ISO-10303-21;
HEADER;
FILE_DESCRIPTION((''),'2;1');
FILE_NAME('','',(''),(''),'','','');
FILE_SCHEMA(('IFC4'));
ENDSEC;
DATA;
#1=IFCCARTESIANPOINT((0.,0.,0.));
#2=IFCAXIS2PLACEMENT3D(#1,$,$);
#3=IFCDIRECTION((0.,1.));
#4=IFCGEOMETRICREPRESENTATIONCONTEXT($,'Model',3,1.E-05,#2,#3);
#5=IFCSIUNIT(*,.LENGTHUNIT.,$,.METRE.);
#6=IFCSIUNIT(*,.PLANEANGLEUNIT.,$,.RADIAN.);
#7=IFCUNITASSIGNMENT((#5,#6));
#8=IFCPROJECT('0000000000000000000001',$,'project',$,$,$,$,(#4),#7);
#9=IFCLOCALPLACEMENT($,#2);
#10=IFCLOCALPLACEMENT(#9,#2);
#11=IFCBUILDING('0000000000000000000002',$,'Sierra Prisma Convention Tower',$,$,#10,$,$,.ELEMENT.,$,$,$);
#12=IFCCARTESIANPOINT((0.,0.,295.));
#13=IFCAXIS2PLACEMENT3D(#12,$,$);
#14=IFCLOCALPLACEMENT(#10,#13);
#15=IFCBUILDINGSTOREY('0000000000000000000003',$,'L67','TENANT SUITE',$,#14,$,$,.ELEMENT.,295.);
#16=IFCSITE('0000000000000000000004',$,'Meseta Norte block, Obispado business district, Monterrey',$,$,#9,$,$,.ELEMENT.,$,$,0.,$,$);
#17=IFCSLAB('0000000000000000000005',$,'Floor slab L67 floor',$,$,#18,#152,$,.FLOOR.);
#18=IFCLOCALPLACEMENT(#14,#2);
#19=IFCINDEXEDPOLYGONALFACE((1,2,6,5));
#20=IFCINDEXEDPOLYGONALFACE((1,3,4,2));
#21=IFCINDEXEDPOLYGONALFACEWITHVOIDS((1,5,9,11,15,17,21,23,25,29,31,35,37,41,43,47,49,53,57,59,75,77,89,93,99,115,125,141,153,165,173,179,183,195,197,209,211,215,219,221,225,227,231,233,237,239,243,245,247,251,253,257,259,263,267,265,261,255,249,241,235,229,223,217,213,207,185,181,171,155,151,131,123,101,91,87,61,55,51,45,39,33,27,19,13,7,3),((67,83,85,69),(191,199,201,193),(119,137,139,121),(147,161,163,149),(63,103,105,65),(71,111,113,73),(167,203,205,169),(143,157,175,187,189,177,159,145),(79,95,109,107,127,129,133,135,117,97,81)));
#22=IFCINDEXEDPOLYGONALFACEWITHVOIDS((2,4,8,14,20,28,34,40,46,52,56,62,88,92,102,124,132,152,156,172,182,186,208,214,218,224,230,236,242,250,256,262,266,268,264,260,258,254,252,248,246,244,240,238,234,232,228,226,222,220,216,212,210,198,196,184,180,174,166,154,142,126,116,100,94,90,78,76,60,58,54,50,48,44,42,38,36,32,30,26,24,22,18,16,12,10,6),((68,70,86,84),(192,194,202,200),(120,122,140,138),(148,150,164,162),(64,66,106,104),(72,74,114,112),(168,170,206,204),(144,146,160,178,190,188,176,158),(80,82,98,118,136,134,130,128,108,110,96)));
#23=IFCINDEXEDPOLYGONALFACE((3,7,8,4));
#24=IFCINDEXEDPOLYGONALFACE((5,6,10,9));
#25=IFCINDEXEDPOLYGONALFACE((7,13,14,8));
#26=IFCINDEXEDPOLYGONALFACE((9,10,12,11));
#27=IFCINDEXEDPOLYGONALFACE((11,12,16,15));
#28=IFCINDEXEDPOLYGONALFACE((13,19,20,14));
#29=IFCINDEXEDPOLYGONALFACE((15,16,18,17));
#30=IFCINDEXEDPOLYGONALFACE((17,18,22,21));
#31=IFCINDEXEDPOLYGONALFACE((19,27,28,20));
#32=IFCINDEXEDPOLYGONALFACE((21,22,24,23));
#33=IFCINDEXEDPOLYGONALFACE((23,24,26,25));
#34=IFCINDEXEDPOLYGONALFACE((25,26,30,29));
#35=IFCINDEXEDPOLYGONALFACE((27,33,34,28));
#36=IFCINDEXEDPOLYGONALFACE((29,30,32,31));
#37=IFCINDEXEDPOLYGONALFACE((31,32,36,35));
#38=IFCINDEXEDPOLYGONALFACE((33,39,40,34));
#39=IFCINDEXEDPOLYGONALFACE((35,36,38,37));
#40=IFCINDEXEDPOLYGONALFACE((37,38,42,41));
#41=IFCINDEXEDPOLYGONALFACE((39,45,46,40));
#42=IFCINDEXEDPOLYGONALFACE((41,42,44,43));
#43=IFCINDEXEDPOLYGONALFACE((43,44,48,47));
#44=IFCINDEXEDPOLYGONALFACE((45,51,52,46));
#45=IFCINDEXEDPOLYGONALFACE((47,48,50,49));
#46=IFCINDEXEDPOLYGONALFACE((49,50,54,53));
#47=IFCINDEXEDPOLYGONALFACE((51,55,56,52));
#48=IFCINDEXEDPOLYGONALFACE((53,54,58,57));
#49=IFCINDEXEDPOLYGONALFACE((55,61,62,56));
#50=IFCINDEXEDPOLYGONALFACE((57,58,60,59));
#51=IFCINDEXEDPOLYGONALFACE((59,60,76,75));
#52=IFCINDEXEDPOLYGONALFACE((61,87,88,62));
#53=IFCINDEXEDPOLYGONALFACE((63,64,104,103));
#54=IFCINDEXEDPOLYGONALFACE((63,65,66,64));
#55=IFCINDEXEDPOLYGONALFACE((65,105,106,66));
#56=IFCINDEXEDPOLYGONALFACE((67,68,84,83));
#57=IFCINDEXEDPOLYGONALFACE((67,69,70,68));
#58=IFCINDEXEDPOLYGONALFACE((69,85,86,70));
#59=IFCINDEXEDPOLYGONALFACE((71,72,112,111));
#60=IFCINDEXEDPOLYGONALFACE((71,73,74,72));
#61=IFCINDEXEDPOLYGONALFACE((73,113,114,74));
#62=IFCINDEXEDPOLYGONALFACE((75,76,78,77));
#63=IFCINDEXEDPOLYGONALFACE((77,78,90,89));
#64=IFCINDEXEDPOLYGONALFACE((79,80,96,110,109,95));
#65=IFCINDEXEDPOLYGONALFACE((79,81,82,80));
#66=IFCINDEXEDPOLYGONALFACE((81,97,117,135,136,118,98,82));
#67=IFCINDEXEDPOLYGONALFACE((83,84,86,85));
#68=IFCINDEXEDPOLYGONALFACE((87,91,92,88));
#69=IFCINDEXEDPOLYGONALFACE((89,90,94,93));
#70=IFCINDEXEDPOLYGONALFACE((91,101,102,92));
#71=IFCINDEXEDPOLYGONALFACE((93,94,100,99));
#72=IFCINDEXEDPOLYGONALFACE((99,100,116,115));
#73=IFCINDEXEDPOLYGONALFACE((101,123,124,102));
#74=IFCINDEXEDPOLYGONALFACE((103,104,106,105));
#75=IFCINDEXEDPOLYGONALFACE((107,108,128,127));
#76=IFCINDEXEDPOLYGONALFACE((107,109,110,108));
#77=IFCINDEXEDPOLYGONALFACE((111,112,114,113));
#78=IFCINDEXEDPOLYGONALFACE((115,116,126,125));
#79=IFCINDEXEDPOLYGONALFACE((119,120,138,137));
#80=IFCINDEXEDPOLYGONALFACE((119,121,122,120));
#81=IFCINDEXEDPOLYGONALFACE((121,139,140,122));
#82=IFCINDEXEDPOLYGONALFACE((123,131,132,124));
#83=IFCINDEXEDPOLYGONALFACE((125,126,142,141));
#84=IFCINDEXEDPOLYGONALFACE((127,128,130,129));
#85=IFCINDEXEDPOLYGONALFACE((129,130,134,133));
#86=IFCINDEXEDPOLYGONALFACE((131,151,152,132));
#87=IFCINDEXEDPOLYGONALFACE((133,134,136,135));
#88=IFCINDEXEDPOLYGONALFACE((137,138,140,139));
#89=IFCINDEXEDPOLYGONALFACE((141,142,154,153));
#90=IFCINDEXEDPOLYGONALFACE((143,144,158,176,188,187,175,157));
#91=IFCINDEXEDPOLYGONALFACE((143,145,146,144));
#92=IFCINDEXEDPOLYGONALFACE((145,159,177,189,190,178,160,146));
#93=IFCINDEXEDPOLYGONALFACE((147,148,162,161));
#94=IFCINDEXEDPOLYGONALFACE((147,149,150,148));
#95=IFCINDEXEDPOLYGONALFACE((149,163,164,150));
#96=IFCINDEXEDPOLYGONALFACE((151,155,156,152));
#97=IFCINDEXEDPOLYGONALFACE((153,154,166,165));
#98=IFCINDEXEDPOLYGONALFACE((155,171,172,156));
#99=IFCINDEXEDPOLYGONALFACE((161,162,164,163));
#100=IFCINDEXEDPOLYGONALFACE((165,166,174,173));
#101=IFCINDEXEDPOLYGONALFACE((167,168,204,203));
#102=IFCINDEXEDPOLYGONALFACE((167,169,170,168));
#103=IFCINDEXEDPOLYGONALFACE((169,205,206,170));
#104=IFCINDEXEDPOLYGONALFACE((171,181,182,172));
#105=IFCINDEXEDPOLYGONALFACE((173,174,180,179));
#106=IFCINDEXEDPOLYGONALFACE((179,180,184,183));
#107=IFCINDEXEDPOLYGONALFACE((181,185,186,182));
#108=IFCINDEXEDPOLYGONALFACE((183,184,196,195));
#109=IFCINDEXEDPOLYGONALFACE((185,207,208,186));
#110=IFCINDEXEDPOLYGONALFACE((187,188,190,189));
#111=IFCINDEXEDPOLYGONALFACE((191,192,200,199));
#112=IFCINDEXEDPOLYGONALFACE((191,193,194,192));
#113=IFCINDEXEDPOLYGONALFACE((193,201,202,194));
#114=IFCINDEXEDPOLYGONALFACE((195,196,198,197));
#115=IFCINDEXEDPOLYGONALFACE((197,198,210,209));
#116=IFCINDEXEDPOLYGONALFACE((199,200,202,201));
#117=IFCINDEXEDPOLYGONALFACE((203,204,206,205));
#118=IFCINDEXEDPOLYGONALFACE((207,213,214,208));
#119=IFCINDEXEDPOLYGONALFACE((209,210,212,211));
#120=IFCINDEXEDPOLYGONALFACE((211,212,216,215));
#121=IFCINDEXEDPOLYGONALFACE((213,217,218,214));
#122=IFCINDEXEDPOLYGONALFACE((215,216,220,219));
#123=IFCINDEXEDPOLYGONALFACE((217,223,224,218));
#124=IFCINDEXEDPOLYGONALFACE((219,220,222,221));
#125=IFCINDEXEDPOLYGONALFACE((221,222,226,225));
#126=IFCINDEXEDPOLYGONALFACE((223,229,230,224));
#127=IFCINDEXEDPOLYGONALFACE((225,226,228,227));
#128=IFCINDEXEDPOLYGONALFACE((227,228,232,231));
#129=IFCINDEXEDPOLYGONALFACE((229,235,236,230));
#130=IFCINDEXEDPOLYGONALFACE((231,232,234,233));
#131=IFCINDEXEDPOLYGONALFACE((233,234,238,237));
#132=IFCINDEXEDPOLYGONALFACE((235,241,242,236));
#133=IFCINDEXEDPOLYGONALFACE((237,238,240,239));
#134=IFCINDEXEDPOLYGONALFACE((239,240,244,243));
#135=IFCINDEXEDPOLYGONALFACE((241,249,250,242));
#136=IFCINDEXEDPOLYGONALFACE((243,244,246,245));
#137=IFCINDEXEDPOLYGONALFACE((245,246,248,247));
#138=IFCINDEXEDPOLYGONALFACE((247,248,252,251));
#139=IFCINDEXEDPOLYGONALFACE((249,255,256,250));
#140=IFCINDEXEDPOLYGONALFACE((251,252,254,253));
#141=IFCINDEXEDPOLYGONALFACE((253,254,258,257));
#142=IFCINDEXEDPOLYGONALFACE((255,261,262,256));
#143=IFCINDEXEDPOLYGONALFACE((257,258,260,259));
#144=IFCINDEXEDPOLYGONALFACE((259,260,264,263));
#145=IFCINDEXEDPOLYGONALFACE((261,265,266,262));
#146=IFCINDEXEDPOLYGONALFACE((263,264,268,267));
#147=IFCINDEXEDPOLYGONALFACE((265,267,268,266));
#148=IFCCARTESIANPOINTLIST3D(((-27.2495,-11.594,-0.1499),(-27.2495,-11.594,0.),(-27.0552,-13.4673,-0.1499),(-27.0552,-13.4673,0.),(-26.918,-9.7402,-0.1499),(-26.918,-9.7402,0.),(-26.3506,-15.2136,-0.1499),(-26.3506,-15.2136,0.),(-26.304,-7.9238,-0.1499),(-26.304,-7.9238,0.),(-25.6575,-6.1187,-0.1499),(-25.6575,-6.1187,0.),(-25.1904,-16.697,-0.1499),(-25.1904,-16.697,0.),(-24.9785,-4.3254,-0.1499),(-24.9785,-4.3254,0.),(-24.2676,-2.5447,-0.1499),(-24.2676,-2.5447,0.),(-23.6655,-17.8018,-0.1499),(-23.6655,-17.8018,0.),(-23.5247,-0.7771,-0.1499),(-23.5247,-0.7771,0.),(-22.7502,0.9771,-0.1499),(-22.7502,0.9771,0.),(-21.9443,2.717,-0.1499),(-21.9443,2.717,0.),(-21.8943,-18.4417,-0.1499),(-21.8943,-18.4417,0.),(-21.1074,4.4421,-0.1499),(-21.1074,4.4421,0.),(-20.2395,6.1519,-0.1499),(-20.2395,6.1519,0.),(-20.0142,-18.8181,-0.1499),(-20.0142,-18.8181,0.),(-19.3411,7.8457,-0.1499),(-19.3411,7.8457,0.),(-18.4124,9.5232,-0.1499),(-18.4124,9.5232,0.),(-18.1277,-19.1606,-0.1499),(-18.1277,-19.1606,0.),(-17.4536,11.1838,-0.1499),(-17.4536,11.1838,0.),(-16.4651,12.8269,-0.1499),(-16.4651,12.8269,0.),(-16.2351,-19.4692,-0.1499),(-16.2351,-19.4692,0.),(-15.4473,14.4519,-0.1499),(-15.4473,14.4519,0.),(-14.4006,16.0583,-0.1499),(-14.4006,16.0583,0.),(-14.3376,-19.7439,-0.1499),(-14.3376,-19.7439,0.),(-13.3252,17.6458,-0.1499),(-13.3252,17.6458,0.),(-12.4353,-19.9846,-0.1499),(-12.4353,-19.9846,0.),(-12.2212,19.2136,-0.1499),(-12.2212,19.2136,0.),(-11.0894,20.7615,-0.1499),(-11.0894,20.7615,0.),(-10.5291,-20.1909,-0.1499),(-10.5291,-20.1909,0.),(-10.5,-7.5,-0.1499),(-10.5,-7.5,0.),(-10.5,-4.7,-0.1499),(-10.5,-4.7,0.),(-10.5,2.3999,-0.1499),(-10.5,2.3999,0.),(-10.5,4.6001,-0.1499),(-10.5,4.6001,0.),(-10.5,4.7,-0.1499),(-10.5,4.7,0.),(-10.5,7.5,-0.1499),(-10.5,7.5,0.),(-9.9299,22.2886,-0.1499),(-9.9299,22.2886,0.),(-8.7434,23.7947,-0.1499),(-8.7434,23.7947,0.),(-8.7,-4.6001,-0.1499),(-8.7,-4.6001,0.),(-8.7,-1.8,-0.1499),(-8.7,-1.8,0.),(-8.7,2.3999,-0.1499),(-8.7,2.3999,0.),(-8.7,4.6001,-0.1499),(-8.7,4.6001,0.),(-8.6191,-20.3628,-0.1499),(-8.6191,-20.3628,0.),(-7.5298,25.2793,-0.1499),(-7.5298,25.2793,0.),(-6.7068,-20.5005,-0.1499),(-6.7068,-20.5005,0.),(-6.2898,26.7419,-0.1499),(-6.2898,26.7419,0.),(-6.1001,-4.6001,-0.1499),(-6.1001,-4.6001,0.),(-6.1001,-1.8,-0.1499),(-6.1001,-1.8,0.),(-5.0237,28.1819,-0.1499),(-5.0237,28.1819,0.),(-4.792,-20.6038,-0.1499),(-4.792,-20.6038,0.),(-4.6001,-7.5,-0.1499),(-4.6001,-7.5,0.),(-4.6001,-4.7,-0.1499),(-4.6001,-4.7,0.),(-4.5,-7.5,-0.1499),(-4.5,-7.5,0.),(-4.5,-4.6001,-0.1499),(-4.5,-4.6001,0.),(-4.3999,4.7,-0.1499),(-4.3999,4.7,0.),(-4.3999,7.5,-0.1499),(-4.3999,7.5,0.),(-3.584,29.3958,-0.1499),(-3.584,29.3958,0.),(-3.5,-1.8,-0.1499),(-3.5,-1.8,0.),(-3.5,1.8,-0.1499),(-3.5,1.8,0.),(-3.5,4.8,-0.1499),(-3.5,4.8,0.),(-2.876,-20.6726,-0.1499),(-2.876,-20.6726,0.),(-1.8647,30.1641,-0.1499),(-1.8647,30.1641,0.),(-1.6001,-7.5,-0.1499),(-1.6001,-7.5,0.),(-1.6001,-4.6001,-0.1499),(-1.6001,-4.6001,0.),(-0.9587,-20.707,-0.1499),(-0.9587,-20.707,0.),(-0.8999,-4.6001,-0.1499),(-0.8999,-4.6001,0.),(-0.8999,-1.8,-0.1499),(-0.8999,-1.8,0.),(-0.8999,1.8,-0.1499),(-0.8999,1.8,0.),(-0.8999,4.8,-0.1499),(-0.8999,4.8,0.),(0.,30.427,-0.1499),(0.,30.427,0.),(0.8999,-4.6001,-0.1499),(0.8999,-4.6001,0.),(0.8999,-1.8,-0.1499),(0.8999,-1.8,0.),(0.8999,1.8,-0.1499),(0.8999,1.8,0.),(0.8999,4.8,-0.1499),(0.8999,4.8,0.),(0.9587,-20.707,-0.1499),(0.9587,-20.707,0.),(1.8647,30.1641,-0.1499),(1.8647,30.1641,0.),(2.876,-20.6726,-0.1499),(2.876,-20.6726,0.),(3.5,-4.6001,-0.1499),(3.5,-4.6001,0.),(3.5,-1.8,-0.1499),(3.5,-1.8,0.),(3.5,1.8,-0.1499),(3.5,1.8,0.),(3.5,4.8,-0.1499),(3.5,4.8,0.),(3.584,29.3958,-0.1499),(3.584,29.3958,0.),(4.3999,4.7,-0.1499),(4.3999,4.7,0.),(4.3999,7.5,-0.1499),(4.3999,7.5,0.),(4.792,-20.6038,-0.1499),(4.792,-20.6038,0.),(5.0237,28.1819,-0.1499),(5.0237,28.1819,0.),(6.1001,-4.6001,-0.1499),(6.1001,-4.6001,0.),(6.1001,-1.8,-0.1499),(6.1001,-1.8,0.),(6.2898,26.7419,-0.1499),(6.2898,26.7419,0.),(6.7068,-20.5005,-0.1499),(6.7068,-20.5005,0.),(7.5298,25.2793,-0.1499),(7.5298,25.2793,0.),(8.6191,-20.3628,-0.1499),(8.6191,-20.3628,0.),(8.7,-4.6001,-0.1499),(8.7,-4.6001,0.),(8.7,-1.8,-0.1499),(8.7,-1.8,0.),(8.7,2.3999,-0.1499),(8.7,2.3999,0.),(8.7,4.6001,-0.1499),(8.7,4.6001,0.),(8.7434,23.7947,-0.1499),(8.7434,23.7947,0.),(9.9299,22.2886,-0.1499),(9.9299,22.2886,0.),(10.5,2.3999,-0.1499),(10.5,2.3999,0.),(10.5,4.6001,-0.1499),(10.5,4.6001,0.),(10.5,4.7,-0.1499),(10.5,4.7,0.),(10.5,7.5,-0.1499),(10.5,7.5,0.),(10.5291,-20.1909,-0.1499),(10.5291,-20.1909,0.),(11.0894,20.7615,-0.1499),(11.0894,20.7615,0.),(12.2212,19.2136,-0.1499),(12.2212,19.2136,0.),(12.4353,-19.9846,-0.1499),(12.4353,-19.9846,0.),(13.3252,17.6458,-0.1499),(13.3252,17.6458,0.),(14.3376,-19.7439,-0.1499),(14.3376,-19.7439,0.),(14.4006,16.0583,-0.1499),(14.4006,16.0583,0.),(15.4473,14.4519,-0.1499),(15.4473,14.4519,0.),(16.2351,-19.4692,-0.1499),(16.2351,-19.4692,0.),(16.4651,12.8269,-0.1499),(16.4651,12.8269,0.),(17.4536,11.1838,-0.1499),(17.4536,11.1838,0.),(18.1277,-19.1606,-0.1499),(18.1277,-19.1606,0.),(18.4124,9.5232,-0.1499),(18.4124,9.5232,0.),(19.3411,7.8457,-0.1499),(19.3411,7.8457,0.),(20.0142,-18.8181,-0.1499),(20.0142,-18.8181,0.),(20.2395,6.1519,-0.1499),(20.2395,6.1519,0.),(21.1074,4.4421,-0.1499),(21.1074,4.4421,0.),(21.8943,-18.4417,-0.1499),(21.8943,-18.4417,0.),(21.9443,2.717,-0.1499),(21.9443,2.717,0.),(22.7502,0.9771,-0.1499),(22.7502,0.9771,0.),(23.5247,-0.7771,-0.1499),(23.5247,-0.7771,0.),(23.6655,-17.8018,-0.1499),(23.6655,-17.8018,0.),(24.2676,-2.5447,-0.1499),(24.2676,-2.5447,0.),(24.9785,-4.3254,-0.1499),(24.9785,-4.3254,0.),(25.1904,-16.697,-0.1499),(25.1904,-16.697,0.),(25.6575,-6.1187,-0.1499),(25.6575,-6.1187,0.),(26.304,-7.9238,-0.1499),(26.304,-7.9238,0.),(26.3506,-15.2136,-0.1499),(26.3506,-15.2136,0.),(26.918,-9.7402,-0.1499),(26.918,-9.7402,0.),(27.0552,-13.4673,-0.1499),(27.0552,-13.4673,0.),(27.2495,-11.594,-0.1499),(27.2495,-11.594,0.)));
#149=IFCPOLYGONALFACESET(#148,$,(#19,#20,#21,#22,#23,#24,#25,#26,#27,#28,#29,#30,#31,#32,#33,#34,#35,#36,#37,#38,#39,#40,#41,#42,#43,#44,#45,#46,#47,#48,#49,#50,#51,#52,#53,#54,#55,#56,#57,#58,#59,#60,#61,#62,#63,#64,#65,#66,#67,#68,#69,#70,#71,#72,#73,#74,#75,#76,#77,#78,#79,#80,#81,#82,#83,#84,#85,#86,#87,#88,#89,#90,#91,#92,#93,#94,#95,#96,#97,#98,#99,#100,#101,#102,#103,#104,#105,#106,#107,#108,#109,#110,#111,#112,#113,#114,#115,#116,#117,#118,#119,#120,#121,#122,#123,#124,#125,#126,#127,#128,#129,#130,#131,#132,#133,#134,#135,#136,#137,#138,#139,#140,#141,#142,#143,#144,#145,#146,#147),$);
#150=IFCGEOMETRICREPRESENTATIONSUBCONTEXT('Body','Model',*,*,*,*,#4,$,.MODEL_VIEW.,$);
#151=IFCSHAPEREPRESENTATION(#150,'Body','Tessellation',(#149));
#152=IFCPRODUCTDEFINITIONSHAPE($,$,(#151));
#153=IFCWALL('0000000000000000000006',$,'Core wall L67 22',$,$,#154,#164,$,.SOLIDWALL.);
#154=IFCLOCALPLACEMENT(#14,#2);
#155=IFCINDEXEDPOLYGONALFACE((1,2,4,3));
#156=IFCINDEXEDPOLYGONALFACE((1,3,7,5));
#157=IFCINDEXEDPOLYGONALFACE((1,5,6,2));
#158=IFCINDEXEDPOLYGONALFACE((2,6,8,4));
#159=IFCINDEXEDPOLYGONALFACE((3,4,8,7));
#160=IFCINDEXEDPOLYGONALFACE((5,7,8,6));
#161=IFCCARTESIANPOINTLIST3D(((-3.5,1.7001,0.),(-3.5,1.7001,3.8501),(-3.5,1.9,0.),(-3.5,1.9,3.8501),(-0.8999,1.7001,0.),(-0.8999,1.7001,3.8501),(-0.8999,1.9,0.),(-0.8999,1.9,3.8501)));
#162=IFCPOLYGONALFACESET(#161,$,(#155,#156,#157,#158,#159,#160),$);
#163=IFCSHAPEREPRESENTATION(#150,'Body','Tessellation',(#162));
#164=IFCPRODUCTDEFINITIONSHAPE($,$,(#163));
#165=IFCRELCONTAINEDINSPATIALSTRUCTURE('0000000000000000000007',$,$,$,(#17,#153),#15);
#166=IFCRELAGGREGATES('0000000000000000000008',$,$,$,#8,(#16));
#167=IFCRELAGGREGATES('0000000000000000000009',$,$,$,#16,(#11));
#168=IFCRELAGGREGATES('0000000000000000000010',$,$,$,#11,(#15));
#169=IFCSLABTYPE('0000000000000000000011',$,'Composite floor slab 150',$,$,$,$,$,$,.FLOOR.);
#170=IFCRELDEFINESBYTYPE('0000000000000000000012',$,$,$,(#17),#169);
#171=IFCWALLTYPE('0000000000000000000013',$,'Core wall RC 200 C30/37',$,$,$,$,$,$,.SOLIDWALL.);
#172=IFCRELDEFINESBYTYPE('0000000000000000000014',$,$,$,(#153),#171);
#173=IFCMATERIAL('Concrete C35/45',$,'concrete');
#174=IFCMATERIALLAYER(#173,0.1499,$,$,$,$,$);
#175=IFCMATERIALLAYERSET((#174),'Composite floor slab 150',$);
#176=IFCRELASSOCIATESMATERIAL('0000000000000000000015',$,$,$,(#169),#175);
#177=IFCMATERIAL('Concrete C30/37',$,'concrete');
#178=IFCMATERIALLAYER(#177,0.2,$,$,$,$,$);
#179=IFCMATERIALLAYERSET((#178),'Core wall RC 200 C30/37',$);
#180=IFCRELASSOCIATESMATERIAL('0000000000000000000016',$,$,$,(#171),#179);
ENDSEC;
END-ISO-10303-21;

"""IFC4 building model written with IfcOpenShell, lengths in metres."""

from ifc_helpers import new_model, si_unit, direction, frame, frame_2d, origin, place, context, subcontext, project, spatial, polyline, rectangle, outline, extrude, material, layer, layer_set, type_object, element, save


model = new_model("IFC4")

# Units and contexts
model_context = context("Model", 3, precision=1e-05, world=origin(), true_north=direction((0.0, 1.0)))
body_context = subcontext(model_context, "Body", "Model", "MODEL_VIEW")
ifc_project = project(units=[si_unit("LENGTHUNIT", "METRE"), si_unit("PLANEANGLEUNIT", "RADIAN")], contexts=[model_context])

# Site, building, storey
site_placement = place(None, origin())
site = spatial("IfcSite", under=ifc_project, at=site_placement, Name="Meseta Norte block, Obispado business district, Monterrey", CompositionType="ELEMENT", RefElevation=0.0)
building_placement = place(site_placement, origin())
building = spatial("IfcBuilding", under=site, at=building_placement, Name="Sierra Prisma Convention Tower", CompositionType="ELEMENT")
storey_placement = place(building_placement, frame((0.0, 0.0, 295.0)))
storey = spatial("IfcBuildingStorey", under=building, at=storey_placement, Name="L67", Description="TENANT SUITE", CompositionType="ELEMENT", Elevation=295.0)

# Slab
ifc_material_1 = material(Name="Concrete C35/45", Category="concrete")
ifc_layer_1 = layer(ifc_material_1, 0.1499)
ifc_layer_set_1 = layer_set([ifc_layer_1], Name="Composite floor slab 150")
slab_type = type_object("IfcSlabType", Name="Composite floor slab 150", PredefinedType="FLOOR", material=ifc_layer_set_1)
slab_placement = place(storey_placement, frame((0.0, 0.0, -0.1499)))
element("IfcSlab", 1, at=slab_placement, inside=storey, type_object=slab_type, Name="Floor slab L67 floor", PredefinedType="FLOOR", context=body_context, shape_type="SweptSolid", body=[
    extrude(outline(polyline([(-21.8943, -18.4417), (-20.0142, -18.8181), (-18.1277, -19.1606), (-16.2351, -19.4692), (-14.3376, -19.7439), (-12.4353, -19.9846), (-10.5291, -20.1909), (-8.6191, -20.3628), (-6.7068, -20.5005), (-4.792, -20.6038), (-2.876, -20.6726), (-0.9587, -20.707), (0.9587, -20.707), (2.876, -20.6726), (4.792, -20.6038), (6.7068, -20.5005), (8.6191, -20.3628), (10.5291, -20.1909), (12.4353, -19.9846), (14.3376, -19.7439), (16.2351, -19.4692), (18.1277, -19.1606), (20.0142, -18.8181), (21.8943, -18.4417), (23.6655, -17.8018), (25.1904, -16.697), (26.3506, -15.2136), (27.0552, -13.4673), (27.2495, -11.594), (26.918, -9.7402), (26.304, -7.9238), (25.6575, -6.1187), (24.9785, -4.3254), (24.2676, -2.5447), (23.5247, -0.7771), (22.7502, 0.9771), (21.9443, 2.717), (21.1074, 4.4421), (20.2395, 6.1519), (19.3411, 7.8457), (18.4124, 9.5232), (17.4536, 11.1838), (16.4651, 12.8269), (15.4473, 14.4519), (14.4006, 16.0583), (13.3252, 17.6458), (12.2212, 19.2136), (11.0894, 20.7615), (9.9299, 22.2886), (8.7434, 23.7947), (7.5298, 25.2793), (6.2898, 26.7419), (5.0237, 28.1819), (3.584, 29.3958), (1.8647, 30.1641), (0.0, 30.427), (-1.8647, 30.1641), (-3.584, 29.3958), (-5.0237, 28.1819), (-6.2898, 26.7419), (-7.5298, 25.2793), (-8.7434, 23.7947), (-9.9299, 22.2886), (-11.0894, 20.7615), (-12.2212, 19.2136), (-13.3252, 17.6458), (-14.4006, 16.0583), (-15.4473, 14.4519), (-16.4651, 12.8269), (-17.4536, 11.1838), (-18.4124, 9.5232), (-19.3411, 7.8457), (-20.2395, 6.1519), (-21.1074, 4.4421), (-21.9443, 2.717), (-22.7502, 0.9771), (-23.5247, -0.7771), (-24.2676, -2.5447), (-24.9785, -4.3254), (-25.6575, -6.1187), (-26.304, -7.9238), (-26.918, -9.7402), (-27.2495, -11.594), (-27.0552, -13.4673), (-26.3506, -15.2136), (-25.1904, -16.697), (-23.6655, -17.8018), (-21.8943, -18.4417)]), holes=[polyline([(-4.6001, -4.7), (-4.6001, -7.5), (-10.5, -7.5), (-10.5, -4.7), (-4.6001, -4.7)]), polyline([(-4.5, -7.5), (-4.5, -4.6001), (-6.1001, -4.6001), (-8.7, -4.6001), (-8.7, -1.8), (-6.1001, -1.8), (-3.5, -1.8), (-0.8999, -1.8), (-0.8999, -4.6001), (-1.6001, -4.6001), (-1.6001, -7.5), (-4.5, -7.5)]), polyline([(-8.7, 2.3999), (-10.5, 2.3999), (-10.5, 4.6001), (-8.7, 4.6001), (-8.7, 2.3999)]), polyline([(-4.3999, 4.7), (-10.5, 4.7), (-10.5, 7.5), (-4.3999, 7.5), (-4.3999, 4.7)]), polyline([(3.5, -1.8), (6.1001, -1.8), (8.7, -1.8), (8.7, -4.6001), (6.1001, -4.6001), (3.5, -4.6001), (0.8999, -4.6001), (0.8999, -1.8), (3.5, -1.8)]), polyline([(-0.8999, 1.8), (-3.5, 1.8), (-3.5, 4.8), (-0.8999, 4.8), (-0.8999, 1.8)]), polyline([(3.5, 1.8), (0.8999, 1.8), (0.8999, 4.8), (3.5, 4.8), (3.5, 1.8)]), polyline([(10.5, 2.3999), (8.7, 2.3999), (8.7, 4.6001), (10.5, 4.6001), (10.5, 2.3999)]), polyline([(10.5, 4.7), (4.3999, 4.7), (4.3999, 7.5), (10.5, 7.5), (10.5, 4.7)])]), origin(), (0.0, 0.0, 1.0), 0.1499),
])

# Shared definitions
ifc_material_2 = material(Name="Concrete C30/37", Category="concrete")
ifc_layer_2 = layer(ifc_material_2, 0.2)
ifc_layer_set_2 = layer_set([ifc_layer_2], Name="Core wall RC 200 C30/37")
wall_type = type_object("IfcWallType", Name="Core wall RC 200 C30/37", PredefinedType="SOLIDWALL", material=ifc_layer_set_2)

# Wall
wall_1_placement = place(storey_placement, frame((-0.8999, 1.8, 0.0), z_axis=(0.0, 0.0, 1.0), x_axis=(-1.0, 0.0, 0.0)))
element("IfcWall", 2, at=wall_1_placement, inside=storey, type_object=wall_type, Name="Core wall L67 22", PredefinedType="SOLIDWALL", context=body_context, shape_type="SweptSolid", body=[
    extrude(rectangle(XDim=2.6001, YDim=0.2, at=frame_2d((1.3, 0.0))), origin(), (0.0, 0.0, 1.0), 3.8501),
])

save(model, "model.ifc")
